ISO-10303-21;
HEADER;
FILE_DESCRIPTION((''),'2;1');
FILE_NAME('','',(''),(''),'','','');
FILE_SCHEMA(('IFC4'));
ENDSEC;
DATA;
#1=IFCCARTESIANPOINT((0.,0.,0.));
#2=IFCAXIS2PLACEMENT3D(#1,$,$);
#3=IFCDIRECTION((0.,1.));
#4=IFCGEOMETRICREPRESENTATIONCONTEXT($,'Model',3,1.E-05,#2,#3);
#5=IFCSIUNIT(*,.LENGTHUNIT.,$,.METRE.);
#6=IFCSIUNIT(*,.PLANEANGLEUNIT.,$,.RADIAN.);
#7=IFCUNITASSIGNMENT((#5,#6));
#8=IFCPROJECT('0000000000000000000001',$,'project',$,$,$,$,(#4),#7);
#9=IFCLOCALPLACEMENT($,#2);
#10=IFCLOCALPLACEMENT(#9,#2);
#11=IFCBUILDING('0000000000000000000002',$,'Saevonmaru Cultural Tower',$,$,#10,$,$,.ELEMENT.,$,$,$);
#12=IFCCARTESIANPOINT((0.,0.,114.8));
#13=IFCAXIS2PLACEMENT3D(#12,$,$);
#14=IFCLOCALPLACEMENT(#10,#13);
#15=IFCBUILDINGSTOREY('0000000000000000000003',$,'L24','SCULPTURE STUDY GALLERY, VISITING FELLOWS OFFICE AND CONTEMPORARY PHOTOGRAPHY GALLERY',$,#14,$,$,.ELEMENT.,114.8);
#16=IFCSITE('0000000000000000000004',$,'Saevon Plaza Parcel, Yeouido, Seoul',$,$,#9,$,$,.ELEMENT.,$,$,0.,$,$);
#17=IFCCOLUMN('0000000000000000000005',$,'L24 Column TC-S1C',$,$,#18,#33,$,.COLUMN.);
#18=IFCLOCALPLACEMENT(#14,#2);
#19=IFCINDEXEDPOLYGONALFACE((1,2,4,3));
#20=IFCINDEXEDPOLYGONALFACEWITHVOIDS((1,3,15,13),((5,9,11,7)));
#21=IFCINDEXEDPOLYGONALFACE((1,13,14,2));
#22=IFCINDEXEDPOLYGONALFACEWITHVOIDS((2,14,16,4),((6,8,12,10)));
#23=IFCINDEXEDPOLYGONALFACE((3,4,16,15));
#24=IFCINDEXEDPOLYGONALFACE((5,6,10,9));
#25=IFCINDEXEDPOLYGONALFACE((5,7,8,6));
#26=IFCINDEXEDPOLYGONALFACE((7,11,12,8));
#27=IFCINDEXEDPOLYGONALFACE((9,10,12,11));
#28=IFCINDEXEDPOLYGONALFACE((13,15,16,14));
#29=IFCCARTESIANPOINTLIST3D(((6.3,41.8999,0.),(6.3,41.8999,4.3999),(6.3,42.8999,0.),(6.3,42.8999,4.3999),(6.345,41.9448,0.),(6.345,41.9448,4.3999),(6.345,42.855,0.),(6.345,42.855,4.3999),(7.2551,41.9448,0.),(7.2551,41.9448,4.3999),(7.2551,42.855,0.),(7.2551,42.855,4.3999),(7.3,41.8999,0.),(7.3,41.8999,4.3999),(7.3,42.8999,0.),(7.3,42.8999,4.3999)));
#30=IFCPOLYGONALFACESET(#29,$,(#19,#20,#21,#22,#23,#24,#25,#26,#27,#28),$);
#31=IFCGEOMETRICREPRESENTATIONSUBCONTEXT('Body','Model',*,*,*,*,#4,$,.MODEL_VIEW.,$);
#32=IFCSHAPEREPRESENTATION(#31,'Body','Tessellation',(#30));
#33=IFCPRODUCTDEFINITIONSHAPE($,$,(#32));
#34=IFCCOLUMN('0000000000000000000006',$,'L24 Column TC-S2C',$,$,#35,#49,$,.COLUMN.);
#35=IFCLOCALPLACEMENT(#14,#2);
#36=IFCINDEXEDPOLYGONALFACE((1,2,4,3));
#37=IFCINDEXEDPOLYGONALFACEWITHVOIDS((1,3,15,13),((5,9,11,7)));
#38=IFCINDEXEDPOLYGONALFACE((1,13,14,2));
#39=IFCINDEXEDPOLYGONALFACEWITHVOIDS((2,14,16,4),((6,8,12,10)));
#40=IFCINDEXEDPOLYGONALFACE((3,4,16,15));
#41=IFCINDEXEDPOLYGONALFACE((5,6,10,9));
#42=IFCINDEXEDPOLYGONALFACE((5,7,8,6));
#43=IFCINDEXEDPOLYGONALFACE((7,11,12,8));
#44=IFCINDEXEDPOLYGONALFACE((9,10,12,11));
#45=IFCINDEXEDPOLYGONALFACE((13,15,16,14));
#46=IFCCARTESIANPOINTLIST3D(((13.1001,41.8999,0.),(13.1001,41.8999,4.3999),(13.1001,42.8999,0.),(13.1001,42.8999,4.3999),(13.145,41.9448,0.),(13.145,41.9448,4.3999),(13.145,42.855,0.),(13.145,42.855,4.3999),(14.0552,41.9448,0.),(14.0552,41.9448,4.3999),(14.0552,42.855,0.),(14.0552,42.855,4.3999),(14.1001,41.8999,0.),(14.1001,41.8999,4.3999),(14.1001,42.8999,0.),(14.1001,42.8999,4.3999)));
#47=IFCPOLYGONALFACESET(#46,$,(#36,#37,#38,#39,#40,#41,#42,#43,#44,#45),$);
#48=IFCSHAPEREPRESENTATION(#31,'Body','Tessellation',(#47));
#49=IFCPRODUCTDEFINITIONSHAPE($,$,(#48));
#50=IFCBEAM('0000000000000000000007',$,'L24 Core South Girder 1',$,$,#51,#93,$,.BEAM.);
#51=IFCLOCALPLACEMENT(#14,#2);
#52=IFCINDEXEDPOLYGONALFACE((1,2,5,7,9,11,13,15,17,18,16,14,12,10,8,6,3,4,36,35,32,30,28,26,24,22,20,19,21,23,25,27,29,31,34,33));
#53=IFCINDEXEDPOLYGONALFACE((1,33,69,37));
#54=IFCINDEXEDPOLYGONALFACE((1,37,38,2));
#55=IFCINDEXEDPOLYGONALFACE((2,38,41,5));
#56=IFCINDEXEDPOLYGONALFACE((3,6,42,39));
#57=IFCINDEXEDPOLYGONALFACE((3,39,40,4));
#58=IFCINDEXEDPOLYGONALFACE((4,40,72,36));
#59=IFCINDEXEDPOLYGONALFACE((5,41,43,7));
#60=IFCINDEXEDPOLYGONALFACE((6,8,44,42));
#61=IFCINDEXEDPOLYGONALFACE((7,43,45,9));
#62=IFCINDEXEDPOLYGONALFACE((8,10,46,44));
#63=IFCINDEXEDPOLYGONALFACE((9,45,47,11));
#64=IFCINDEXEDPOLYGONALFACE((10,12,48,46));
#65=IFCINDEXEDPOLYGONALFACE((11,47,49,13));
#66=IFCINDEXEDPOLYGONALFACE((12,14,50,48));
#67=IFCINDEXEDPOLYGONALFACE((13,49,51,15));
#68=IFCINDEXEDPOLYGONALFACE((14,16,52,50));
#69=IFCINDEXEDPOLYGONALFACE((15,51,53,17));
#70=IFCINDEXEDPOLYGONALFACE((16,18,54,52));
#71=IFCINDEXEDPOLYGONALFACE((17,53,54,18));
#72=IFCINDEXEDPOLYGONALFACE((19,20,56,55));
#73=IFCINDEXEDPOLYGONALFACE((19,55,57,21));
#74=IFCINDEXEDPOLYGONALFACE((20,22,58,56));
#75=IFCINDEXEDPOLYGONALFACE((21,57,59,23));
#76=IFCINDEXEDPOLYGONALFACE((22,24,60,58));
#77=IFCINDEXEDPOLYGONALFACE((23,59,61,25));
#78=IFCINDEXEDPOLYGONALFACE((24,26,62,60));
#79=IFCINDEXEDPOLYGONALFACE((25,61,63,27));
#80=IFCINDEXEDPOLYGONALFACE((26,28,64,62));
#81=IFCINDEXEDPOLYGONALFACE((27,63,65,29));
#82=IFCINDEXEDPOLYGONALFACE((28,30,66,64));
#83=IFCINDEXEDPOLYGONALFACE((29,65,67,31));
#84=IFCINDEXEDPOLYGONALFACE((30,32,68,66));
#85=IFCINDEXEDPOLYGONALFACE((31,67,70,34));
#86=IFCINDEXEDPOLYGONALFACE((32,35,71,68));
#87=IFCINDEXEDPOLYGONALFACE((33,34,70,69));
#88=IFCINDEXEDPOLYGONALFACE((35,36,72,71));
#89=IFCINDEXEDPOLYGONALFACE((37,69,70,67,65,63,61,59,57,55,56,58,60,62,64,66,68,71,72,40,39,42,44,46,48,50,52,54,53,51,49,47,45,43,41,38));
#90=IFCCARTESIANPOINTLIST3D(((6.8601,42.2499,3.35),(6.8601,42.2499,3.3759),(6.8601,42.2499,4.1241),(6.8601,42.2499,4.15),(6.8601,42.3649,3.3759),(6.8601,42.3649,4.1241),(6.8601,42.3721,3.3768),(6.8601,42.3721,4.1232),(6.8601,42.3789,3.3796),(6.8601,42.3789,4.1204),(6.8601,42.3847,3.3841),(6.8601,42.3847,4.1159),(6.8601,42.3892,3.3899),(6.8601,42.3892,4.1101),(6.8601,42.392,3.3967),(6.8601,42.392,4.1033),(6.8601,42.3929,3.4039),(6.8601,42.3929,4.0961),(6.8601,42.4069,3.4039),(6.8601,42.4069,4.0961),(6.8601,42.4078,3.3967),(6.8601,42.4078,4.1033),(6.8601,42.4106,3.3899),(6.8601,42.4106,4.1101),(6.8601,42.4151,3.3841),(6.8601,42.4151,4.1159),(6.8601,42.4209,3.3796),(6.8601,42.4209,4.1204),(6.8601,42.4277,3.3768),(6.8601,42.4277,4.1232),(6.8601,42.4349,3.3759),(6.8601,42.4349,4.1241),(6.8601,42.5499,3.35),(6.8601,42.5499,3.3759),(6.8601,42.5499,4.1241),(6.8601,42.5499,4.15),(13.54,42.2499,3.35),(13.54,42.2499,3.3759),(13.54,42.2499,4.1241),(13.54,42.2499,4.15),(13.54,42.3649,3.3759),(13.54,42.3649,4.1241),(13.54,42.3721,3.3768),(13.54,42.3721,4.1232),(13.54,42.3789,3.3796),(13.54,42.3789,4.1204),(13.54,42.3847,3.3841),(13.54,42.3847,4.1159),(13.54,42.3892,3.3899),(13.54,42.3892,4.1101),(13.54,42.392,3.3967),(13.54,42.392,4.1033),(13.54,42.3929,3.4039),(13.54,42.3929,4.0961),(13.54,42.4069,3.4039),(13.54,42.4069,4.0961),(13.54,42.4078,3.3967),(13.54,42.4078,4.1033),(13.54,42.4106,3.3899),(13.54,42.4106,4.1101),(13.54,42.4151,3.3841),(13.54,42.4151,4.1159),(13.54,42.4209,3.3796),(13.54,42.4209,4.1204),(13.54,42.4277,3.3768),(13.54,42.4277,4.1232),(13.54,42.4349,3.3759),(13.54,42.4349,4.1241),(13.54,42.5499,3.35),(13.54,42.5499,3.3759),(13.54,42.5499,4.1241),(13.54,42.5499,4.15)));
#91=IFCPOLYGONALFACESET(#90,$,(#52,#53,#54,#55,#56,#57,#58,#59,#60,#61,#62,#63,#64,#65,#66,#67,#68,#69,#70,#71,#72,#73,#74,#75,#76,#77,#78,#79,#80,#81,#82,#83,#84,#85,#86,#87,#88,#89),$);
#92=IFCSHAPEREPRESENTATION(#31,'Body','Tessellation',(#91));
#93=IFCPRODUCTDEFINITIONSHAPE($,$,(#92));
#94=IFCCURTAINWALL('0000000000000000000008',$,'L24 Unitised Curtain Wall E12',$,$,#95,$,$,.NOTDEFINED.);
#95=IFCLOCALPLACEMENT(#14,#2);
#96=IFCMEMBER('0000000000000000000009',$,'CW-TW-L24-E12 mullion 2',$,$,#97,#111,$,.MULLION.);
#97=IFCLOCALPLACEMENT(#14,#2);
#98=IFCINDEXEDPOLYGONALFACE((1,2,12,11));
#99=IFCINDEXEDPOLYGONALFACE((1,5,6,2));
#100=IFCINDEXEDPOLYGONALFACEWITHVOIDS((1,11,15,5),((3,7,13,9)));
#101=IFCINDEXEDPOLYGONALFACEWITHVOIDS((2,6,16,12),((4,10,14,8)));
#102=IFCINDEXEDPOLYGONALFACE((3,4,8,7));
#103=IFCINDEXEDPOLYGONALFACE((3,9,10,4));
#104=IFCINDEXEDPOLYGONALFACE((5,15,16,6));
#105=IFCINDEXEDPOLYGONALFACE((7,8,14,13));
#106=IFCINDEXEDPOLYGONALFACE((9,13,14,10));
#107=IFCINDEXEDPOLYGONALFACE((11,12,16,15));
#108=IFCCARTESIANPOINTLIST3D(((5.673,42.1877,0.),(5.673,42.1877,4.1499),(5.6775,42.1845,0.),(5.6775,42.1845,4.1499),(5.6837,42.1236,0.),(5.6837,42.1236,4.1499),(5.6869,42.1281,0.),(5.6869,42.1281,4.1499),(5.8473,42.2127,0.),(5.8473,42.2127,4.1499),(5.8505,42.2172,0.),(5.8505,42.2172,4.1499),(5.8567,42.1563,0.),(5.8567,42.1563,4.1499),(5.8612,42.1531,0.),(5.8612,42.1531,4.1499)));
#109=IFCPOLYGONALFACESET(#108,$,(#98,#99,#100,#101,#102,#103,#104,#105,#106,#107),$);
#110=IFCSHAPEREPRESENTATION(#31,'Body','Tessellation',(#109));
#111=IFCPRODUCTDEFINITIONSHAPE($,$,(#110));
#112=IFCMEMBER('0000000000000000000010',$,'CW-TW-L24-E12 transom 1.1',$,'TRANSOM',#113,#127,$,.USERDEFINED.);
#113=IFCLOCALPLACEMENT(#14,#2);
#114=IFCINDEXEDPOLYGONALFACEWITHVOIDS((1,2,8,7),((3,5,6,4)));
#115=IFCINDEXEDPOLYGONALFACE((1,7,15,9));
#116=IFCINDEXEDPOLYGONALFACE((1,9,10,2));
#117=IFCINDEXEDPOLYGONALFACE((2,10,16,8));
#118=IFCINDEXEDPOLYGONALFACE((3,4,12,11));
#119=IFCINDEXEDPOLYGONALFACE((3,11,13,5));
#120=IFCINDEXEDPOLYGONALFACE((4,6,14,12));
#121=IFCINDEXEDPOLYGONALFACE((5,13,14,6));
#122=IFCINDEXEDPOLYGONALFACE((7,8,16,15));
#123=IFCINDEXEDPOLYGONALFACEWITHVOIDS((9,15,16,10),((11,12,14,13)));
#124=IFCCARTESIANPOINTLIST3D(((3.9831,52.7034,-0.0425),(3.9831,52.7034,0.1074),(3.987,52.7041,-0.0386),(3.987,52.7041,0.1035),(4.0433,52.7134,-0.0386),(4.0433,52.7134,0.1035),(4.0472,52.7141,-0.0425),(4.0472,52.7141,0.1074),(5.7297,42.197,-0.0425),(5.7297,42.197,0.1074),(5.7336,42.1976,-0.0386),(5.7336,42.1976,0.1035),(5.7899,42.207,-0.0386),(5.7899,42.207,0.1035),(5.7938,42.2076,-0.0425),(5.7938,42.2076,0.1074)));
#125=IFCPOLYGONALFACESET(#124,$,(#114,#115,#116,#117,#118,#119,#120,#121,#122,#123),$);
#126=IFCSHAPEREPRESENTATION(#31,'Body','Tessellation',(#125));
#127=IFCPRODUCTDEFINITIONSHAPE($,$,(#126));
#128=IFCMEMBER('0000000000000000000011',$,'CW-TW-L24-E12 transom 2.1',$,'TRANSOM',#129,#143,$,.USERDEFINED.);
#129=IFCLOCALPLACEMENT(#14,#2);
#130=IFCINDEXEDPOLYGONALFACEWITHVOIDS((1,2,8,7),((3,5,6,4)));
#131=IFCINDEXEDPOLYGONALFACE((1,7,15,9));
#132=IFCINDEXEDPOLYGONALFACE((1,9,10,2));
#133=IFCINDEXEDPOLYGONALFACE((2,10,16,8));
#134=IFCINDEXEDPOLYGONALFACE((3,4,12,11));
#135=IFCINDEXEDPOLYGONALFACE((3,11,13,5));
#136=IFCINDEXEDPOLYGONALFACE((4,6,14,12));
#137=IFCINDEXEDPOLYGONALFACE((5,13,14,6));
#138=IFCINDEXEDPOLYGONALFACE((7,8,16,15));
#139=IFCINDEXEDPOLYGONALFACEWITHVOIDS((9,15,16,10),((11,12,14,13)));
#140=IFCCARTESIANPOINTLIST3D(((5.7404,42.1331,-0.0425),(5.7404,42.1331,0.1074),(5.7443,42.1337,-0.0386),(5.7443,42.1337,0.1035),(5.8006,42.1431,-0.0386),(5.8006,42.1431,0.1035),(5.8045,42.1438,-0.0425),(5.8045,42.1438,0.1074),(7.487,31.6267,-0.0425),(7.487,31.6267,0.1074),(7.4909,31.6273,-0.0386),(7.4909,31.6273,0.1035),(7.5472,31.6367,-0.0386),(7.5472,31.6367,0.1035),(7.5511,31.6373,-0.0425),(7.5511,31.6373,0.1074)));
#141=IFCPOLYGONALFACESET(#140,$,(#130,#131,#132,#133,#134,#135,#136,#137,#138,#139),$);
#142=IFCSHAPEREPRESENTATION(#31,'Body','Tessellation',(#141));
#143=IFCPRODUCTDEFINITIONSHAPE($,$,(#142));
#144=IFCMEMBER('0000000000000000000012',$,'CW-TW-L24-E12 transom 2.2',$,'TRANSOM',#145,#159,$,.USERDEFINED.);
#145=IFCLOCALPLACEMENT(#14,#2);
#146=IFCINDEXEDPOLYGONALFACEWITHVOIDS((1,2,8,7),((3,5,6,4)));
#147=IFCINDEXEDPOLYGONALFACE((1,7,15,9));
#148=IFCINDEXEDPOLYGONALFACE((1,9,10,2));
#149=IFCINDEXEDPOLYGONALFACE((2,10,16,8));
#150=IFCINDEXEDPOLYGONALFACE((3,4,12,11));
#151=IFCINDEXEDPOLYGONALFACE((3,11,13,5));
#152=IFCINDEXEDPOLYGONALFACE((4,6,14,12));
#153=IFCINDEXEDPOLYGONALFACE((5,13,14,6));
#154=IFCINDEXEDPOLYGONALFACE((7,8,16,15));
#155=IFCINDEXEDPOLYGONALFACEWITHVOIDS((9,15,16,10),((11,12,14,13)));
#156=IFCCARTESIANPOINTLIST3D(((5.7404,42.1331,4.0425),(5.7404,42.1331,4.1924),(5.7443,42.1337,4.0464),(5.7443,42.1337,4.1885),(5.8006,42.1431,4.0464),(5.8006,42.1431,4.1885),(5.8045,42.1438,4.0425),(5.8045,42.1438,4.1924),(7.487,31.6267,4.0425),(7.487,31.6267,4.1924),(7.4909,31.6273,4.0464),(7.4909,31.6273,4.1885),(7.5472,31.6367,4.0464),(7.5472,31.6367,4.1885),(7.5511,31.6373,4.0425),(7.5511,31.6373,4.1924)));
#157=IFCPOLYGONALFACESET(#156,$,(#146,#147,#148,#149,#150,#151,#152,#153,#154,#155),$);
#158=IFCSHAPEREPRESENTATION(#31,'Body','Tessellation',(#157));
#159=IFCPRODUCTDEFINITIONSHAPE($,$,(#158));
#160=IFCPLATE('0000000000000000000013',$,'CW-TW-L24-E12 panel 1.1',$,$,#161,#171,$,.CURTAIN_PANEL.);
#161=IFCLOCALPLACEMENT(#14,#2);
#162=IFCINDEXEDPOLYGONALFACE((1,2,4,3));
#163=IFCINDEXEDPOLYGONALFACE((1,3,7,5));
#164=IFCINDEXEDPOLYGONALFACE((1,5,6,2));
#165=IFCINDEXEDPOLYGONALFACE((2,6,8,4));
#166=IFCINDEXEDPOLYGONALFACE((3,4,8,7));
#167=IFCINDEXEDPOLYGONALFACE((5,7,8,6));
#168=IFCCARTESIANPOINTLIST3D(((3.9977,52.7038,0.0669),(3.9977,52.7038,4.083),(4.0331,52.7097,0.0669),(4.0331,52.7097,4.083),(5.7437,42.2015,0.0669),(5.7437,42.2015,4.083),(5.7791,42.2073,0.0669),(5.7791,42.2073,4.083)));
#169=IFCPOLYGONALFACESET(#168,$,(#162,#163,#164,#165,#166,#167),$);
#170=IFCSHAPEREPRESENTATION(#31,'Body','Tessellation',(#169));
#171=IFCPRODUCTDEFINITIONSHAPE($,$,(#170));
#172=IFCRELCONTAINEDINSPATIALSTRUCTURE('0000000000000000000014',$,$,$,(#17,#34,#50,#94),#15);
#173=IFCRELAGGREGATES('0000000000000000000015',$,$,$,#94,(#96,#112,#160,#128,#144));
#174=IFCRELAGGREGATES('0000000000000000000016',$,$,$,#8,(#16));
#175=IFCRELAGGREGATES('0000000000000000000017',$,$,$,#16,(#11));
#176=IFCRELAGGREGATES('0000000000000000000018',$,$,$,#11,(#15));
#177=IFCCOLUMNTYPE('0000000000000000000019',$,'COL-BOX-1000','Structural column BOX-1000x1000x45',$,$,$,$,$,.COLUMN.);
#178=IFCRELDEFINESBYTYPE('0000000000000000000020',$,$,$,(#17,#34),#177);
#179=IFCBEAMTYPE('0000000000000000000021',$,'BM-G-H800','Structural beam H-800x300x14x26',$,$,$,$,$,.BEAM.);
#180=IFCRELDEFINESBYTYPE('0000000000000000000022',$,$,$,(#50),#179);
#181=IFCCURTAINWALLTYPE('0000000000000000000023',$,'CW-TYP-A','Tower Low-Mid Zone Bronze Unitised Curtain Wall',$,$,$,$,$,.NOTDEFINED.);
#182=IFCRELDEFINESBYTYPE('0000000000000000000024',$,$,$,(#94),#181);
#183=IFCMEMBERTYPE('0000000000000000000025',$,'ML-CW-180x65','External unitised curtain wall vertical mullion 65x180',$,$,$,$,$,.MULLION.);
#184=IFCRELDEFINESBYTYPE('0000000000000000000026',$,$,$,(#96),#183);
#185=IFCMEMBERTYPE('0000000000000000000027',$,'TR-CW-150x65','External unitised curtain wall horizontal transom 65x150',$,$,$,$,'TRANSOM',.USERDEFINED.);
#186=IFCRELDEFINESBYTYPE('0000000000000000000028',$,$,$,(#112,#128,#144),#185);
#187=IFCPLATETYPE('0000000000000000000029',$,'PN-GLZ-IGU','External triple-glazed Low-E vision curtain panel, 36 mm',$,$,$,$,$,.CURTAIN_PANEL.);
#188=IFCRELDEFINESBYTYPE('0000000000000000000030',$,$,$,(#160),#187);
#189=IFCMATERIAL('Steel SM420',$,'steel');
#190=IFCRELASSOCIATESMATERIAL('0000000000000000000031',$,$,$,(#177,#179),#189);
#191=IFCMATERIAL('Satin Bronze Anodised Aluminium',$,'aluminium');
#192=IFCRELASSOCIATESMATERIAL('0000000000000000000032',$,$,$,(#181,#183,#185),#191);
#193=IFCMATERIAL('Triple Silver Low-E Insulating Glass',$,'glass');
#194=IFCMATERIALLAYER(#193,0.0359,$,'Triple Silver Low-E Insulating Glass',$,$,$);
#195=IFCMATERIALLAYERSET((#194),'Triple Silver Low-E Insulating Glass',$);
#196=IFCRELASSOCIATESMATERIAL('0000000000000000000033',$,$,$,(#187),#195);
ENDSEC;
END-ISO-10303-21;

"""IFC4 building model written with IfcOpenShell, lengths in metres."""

from ifc_helpers import new_model, si_unit, direction, frame, origin, origin_2d, place, context, subcontext, project, spatial, rectangle, hollow_rectangle, i_section, extrude, material, layer, layer_set, material_profile, profile_set, type_object, element, aggregate, save


model = new_model("IFC4")

# Units and contexts
model_context = context("Model", 3, precision=1e-05, world=origin(), true_north=direction((0.0, 1.0)))
body_context = subcontext(model_context, "Body", "Model", "MODEL_VIEW")
ifc_project = project(units=[si_unit("LENGTHUNIT", "METRE"), si_unit("PLANEANGLEUNIT", "RADIAN")], contexts=[model_context])

# Site, building, storey
site_placement = place(None, origin())
site = spatial("IfcSite", under=ifc_project, at=site_placement, Name="Saevon Plaza Parcel, Yeouido, Seoul", CompositionType="ELEMENT", RefElevation=0.0)
building_placement = place(site_placement, origin())
building = spatial("IfcBuilding", under=site, at=building_placement, Name="Saevonmaru Cultural Tower", CompositionType="ELEMENT")
storey_placement = place(building_placement, frame((0.0, 0.0, 114.8)))
storey = spatial("IfcBuildingStorey", under=building, at=storey_placement, Name="L24", Description="SCULPTURE STUDY GALLERY, VISITING FELLOWS OFFICE AND CONTEMPORARY PHOTOGRAPHY GALLERY", CompositionType="ELEMENT", Elevation=114.8)

# Columns
ifc_material_1 = material(Name="Steel SM420", Category="steel")
ifc_material_profile_1 = material_profile(ifc_material_1, hollow_rectangle(XDim=1.0, YDim=1.0, WallThickness=0.0449, at=origin_2d()), Name="BOX-1000x1000x45")
ifc_profile_set_1 = profile_set([ifc_material_profile_1], Name="Steel SM420")
column_type = type_object("IfcColumnType", Name="COL-BOX-1000", Description="Structural column BOX-1000x1000x45", PredefinedType="COLUMN", material=ifc_profile_set_1)
for number, where, z_axis, x_axis, name in (
    (1, (6.8, 42.3999, 0.0), (0.0, 0.0, 1.0), (1.0, 0.0, 0.0), "L24 Column TC-S1C"),
    (2, (13.6001, 42.3999, 0.0), (0.0, 0.0, 1.0), (1.0, 0.0, 0.0), "L24 Column TC-S2C"),
):
    element("IfcColumn", number, at=place(storey_placement, frame(where, z_axis=z_axis, x_axis=x_axis)), inside=storey, type_object=column_type, Name=name, PredefinedType="COLUMN", context=body_context, shape_type="SweptSolid", body=[
        extrude(hollow_rectangle(XDim=1.0, YDim=1.0, WallThickness=0.0449, at=origin_2d()), origin(), (0.0, 0.0, 1.0), 4.3999),
    ])

# Beam
ifc_material_profile_2 = material_profile(ifc_material_1, i_section(OverallWidth=0.3, OverallDepth=0.8, WebThickness=0.0139, FlangeThickness=0.0259, FilletRadius=0.0281, at=origin_2d()), Name="H-800x300x14x26")
ifc_profile_set_2 = profile_set([ifc_material_profile_2], Name="Steel SM420")
beam_type = type_object("IfcBeamType", Name="BM-G-H800", Description="Structural beam H-800x300x14x26", PredefinedType="BEAM", material=ifc_profile_set_2)
beam_placement = place(storey_placement, frame((6.8601, 42.3999, 3.75), z_axis=(1.0, 0.0, 0.0), x_axis=(0.0, 1.0, 0.0)))
element("IfcBeam", 3, at=beam_placement, inside=storey, type_object=beam_type, Name="L24 Core South Girder 1", PredefinedType="BEAM", context=body_context, shape_type="SweptSolid", body=[
    extrude(i_section(OverallWidth=0.3, OverallDepth=0.8, WebThickness=0.0139, FlangeThickness=0.0259, FilletRadius=0.0281, at=origin_2d()), origin(), (0.0, 0.0, 1.0), 6.6799),
])

# Curtain wall, members, plate
ifc_material_2 = material(Name="Satin Bronze Anodised Aluminium", Category="aluminium")
curtain_wall_type = type_object("IfcCurtainWallType", Name="CW-TYP-A", Description="Tower Low-Mid Zone Bronze Unitised Curtain Wall", PredefinedType="NOTDEFINED", material=ifc_material_2)
curtain_wall_placement = place(storey_placement, origin())
curtain_wall = element("IfcCurtainWall", 4, at=curtain_wall_placement, inside=storey, type_object=curtain_wall_type, Name="L24 Unitised Curtain Wall E12", PredefinedType="NOTDEFINED")
ifc_material_profile_3 = material_profile(ifc_material_2, hollow_rectangle(XDim=0.0649, YDim=0.1799, WallThickness=0.0039, at=origin_2d()), Name="ALU-MULL-180x65x4")
ifc_profile_set_3 = profile_set([ifc_material_profile_3], Name="Satin Bronze Anodised Aluminium")
member_type_1 = type_object("IfcMemberType", Name="ML-CW-180x65", Description="External unitised curtain wall vertical mullion 65x180", PredefinedType="MULLION", material=ifc_profile_set_3)
member_1_placement = place(storey_placement, frame((5.7671, 42.1704, 0.0), z_axis=(0.0, 0.0, 1.0), x_axis=(0.163999, -0.986461, 0.0)))
member_1 = element("IfcMember", 5, at=member_1_placement, type_object=member_type_1, Name="CW-TW-L24-E12 mullion 2", PredefinedType="MULLION", context=body_context, shape_type="SweptSolid", body=[
    extrude(hollow_rectangle(XDim=0.0649, YDim=0.1799, WallThickness=0.0039, at=origin_2d()), origin(), (0.0, 0.0, 1.0), 4.1499),
])
ifc_material_profile_4 = material_profile(ifc_material_2, hollow_rectangle(XDim=0.0649, YDim=0.1499, WallThickness=0.0039, at=origin_2d()), Name="ALU-TRAN-150x65x4")
ifc_profile_set_4 = profile_set([ifc_material_profile_4], Name="Satin Bronze Anodised Aluminium")
member_type_2 = type_object("IfcMemberType", Name="TR-CW-150x65", Description="External unitised curtain wall horizontal transom 65x150", ElementType="TRANSOM", PredefinedType="USERDEFINED", material=ifc_profile_set_4)
member_2_placement = place(storey_placement, frame((4.0151, 52.7087, 0.0325), z_axis=(0.16399, -0.986462, 0.0), x_axis=(0.986462, 0.16399, 0.0)))
member_2 = element("IfcMember", 6, at=member_2_placement, type_object=member_type_2, Name="CW-TW-L24-E12 transom 1.1", ObjectType="TRANSOM", PredefinedType="USERDEFINED", context=body_context, shape_type="SweptSolid", body=[
    extrude(hollow_rectangle(XDim=0.0649, YDim=0.1499, WallThickness=0.0039, at=origin_2d()), origin(), (0.0, 0.0, 1.0), 10.6506),
])
member_3_placement = place(storey_placement, frame((5.7725, 42.1384, 0.0325), z_axis=(0.16399, -0.986462, 0.0), x_axis=(0.986462, 0.16399, 0.0)))
member_3 = element("IfcMember", 7, at=member_3_placement, type_object=member_type_2, Name="CW-TW-L24-E12 transom 2.1", ObjectType="TRANSOM", PredefinedType="USERDEFINED", context=body_context, shape_type="SweptSolid", body=[
    extrude(hollow_rectangle(XDim=0.0649, YDim=0.1499, WallThickness=0.0039, at=origin_2d()), origin(), (0.0, 0.0, 1.0), 10.6506),
])
member_4_placement = place(storey_placement, frame((5.7725, 42.1384, 4.1174), z_axis=(0.16399, -0.986462, 0.0), x_axis=(0.986462, 0.16399, 0.0)))
member_4 = element("IfcMember", 8, at=member_4_placement, type_object=member_type_2, Name="CW-TW-L24-E12 transom 2.2", ObjectType="TRANSOM", PredefinedType="USERDEFINED", context=body_context, shape_type="SweptSolid", body=[
    extrude(hollow_rectangle(XDim=0.0649, YDim=0.1499, WallThickness=0.0039, at=origin_2d()), origin(), (0.0, 0.0, 1.0), 10.6506),
])
ifc_material_3 = material(Name="Triple Silver Low-E Insulating Glass", Category="glass")
ifc_layer_1 = layer(ifc_material_3, 0.0359, Name="Triple Silver Low-E Insulating Glass")
ifc_layer_set_1 = layer_set([ifc_layer_1], Name="Triple Silver Low-E Insulating Glass")
plate_type = type_object("IfcPlateType", Name="PN-GLZ-IGU", Description="External triple-glazed Low-E vision curtain panel, 36 mm", PredefinedType="CURTAIN_PANEL", material=ifc_layer_set_1)
plate_placement = place(storey_placement, frame((4.8884, 47.4556, 0.0669), z_axis=(0.0, 0.0, 1.0), x_axis=(0.163999, -0.986461, 0.0)))
plate = element("IfcPlate", 9, at=plate_placement, type_object=plate_type, Name="CW-TW-L24-E12 panel 1.1", PredefinedType="CURTAIN_PANEL", context=body_context, shape_type="SweptSolid", body=[
    extrude(rectangle(XDim=10.6465, YDim=0.0359, at=origin_2d()), origin(), (0.0, 0.0, 1.0), 4.0161),
])
aggregate(curtain_wall, [member_1, member_2, plate, member_3, member_4])

save(model, "model.ifc")
